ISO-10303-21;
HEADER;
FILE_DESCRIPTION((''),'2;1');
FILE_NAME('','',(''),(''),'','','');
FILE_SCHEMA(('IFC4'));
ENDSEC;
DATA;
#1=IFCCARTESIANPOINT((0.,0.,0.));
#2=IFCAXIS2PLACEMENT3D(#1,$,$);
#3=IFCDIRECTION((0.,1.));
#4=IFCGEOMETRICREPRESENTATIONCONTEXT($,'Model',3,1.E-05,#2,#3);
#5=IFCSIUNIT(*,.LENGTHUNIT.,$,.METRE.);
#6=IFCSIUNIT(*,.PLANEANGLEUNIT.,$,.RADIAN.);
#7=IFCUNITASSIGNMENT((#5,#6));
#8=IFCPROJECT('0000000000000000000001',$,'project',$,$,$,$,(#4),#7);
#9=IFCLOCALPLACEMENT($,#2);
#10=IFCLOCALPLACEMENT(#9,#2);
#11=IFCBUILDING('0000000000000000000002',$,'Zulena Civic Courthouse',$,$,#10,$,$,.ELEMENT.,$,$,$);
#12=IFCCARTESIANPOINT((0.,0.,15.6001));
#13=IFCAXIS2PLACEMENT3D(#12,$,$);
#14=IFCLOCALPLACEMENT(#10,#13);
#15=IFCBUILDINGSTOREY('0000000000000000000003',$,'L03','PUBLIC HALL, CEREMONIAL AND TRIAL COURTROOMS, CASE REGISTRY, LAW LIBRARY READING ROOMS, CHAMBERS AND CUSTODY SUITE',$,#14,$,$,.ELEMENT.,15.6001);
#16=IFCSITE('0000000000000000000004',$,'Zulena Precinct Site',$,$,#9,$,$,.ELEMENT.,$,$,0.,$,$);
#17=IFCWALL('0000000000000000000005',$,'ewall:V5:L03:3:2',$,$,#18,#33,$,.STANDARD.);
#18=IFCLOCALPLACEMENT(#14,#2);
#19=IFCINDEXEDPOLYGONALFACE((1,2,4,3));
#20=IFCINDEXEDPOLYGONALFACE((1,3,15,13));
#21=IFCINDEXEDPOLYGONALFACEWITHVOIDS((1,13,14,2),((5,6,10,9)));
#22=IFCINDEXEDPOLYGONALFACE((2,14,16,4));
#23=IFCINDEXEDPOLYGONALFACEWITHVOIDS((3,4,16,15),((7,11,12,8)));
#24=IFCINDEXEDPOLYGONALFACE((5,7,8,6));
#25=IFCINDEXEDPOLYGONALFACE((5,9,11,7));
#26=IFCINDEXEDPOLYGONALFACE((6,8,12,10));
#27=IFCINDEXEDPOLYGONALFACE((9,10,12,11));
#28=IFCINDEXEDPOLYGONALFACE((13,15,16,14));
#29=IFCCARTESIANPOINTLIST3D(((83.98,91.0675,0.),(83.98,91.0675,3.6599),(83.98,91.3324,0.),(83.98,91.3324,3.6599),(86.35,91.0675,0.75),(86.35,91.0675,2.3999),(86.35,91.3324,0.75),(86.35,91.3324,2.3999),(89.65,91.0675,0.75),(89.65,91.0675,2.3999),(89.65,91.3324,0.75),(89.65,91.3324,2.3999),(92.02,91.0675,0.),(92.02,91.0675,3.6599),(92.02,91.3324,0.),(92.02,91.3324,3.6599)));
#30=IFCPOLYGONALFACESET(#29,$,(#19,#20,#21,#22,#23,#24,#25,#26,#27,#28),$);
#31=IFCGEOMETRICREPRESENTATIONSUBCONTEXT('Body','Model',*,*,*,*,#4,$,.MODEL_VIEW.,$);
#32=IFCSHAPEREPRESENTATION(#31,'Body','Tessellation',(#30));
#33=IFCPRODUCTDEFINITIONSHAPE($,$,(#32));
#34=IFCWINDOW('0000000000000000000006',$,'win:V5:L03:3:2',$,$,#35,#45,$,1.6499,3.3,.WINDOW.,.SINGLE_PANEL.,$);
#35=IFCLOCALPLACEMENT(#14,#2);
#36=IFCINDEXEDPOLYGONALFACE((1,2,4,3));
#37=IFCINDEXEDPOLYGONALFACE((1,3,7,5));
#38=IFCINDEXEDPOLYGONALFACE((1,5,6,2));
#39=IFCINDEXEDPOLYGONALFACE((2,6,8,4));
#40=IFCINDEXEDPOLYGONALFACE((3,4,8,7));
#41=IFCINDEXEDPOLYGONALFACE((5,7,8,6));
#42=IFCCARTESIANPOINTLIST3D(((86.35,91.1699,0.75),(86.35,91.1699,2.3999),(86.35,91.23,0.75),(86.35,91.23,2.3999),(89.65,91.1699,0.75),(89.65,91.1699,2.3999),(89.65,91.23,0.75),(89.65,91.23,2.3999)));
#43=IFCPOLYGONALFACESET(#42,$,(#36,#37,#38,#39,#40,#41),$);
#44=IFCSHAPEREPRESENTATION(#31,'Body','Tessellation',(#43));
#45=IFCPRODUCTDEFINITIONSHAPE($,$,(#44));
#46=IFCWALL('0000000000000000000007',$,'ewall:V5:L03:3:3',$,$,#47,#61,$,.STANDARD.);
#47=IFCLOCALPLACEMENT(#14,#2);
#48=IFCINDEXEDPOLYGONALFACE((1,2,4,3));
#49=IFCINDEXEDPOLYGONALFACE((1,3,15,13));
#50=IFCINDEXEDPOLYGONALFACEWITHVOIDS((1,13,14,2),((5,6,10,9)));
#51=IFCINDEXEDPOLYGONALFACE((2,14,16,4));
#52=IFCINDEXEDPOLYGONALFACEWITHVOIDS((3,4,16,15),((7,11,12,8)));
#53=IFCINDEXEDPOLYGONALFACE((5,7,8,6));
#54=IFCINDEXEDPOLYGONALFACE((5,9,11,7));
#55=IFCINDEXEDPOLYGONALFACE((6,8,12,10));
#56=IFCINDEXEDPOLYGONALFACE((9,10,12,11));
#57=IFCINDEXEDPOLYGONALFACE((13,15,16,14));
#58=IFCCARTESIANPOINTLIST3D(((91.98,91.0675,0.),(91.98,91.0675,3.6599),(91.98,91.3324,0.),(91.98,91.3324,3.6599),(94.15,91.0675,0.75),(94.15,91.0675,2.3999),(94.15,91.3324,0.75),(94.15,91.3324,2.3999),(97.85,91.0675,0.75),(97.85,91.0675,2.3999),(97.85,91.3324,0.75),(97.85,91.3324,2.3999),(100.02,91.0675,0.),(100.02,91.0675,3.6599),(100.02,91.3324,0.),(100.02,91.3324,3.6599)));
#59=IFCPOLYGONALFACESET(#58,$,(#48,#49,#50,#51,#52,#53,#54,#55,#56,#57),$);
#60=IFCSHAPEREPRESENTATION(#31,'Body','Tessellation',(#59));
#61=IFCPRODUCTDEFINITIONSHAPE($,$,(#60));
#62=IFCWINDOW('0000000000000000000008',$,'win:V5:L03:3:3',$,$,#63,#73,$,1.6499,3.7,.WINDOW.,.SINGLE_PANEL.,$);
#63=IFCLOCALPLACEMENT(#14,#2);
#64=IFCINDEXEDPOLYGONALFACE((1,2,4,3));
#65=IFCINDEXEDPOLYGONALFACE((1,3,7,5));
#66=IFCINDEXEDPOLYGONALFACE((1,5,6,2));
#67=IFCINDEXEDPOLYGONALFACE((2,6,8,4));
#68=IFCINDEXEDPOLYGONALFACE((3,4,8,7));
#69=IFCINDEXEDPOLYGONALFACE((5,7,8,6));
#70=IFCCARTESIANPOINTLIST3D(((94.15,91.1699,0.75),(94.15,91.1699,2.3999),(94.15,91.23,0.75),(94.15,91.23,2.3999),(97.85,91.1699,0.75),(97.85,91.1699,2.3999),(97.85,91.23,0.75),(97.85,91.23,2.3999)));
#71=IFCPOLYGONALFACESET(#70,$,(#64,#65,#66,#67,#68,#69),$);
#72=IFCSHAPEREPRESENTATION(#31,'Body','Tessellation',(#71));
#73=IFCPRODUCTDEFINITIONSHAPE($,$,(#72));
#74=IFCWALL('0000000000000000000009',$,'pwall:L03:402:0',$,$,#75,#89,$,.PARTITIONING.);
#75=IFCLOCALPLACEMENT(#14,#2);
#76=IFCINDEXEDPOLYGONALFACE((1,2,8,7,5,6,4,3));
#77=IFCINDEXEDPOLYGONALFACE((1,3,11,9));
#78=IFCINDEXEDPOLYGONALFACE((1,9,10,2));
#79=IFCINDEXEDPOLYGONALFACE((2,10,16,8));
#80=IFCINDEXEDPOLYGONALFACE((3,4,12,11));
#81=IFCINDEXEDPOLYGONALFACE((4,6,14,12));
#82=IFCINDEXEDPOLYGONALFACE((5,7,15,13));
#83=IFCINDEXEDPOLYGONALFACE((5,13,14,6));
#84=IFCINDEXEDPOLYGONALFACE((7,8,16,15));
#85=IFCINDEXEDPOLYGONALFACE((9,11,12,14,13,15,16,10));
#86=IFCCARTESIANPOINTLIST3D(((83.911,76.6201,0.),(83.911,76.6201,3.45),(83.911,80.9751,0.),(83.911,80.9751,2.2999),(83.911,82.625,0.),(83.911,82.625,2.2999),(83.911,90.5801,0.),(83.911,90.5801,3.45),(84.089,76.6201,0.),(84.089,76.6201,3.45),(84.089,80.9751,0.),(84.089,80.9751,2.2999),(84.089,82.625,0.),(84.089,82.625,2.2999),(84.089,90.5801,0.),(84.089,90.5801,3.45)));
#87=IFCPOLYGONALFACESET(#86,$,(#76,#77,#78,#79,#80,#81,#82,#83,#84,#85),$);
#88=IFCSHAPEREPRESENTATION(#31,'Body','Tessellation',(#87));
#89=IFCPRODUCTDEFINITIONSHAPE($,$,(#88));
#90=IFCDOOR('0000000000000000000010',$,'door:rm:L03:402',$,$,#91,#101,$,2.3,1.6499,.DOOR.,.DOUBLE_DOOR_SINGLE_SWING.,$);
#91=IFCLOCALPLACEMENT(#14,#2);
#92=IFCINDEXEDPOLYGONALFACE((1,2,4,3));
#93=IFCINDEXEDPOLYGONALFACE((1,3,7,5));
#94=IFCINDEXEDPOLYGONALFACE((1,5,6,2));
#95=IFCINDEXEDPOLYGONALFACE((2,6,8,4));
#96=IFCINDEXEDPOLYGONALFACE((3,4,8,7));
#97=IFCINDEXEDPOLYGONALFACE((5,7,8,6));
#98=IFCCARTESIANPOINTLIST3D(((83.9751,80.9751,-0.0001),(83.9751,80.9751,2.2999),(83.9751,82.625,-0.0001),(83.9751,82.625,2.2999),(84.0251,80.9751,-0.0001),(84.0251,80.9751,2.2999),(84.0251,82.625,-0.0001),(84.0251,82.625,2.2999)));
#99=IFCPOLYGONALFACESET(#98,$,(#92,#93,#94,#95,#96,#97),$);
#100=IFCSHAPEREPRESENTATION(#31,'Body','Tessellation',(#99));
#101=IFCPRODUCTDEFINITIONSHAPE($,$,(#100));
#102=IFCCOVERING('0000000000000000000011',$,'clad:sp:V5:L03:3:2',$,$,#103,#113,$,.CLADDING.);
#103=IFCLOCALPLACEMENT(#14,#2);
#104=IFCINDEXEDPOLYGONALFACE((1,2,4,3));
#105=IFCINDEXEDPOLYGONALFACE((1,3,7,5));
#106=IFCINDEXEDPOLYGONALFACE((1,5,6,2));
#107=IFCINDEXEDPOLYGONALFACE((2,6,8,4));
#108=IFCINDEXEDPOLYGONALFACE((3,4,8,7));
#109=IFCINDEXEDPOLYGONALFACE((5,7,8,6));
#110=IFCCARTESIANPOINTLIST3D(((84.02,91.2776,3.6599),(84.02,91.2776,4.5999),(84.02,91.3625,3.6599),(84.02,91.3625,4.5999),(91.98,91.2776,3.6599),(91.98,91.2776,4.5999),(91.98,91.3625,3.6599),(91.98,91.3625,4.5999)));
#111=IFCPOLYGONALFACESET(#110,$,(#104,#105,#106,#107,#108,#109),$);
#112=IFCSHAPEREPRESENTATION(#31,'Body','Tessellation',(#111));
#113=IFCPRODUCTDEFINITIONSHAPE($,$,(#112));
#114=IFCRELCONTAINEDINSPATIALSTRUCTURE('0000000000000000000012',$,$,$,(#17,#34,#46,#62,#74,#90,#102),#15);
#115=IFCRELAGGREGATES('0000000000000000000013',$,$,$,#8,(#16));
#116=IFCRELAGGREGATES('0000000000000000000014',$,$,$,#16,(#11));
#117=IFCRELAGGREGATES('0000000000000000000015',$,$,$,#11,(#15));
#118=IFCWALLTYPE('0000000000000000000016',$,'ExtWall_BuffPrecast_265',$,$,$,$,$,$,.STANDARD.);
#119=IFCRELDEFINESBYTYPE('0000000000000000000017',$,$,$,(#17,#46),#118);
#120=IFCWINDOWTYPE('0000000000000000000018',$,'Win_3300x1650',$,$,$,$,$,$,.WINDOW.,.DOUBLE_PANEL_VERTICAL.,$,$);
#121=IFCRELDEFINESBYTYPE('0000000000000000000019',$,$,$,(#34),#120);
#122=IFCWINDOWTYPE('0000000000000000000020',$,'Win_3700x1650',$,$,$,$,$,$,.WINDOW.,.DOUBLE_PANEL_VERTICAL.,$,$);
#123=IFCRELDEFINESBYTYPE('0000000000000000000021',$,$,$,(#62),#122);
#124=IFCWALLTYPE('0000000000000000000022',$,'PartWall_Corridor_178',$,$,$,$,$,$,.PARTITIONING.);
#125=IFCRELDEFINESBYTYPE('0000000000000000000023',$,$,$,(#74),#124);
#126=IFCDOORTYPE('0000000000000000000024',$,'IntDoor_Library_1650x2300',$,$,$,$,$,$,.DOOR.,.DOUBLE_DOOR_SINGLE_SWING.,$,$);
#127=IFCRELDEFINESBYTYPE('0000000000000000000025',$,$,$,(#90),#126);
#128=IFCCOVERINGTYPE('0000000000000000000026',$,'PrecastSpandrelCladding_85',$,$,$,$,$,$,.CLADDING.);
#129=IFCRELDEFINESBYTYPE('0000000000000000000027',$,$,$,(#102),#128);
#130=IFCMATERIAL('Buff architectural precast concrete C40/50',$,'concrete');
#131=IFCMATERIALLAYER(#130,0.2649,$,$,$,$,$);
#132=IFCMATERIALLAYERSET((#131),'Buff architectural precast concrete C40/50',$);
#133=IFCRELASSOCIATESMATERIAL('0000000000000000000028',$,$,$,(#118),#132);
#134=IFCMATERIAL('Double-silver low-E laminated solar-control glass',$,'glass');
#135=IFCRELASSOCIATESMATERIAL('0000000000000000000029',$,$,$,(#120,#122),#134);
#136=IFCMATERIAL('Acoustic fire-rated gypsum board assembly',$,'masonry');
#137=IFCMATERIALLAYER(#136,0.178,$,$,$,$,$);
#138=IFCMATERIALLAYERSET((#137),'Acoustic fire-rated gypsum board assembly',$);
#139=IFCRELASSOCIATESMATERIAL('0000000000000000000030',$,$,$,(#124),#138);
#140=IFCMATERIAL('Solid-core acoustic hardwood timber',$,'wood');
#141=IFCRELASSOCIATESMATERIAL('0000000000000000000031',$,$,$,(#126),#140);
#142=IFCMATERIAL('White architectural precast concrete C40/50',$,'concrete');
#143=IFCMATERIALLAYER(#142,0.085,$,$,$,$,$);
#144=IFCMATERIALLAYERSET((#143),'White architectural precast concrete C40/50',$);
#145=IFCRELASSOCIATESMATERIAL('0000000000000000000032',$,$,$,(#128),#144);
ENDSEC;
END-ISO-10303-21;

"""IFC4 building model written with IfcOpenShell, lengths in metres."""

from ifc_helpers import new_model, si_unit, direction, frame, frame_2d, origin, origin_2d, place, context, subcontext, project, spatial, rectangle, extrude, material, layer, layer_set, type_object, element, fill, save


model = new_model("IFC4")

# Units and contexts
model_context = context("Model", 3, precision=1e-05, world=origin(), true_north=direction((0.0, 1.0)))
body_context = subcontext(model_context, "Body", "Model", "MODEL_VIEW")
ifc_project = project(units=[si_unit("LENGTHUNIT", "METRE"), si_unit("PLANEANGLEUNIT", "RADIAN")], contexts=[model_context])

# Site, building, storey
site_placement = place(None, origin())
site = spatial("IfcSite", under=ifc_project, at=site_placement, Name="Zulena Precinct Site", CompositionType="ELEMENT", RefElevation=0.0)
building_placement = place(site_placement, origin())
building = spatial("IfcBuilding", under=site, at=building_placement, Name="Zulena Civic Courthouse", CompositionType="ELEMENT")
storey_placement = place(building_placement, frame((0.0, 0.0, 15.6001)))
storey = spatial("IfcBuildingStorey", under=building, at=storey_placement, Name="L03", Description="PUBLIC HALL, CEREMONIAL AND TRIAL COURTROOMS, CASE REGISTRY, LAW LIBRARY READING ROOMS, CHAMBERS AND CUSTODY SUITE", CompositionType="ELEMENT", Elevation=15.6001)

# Walls, openings, windows
ifc_material_1 = material(Name="Buff architectural precast concrete C40/50", Category="concrete")
ifc_layer_1 = layer(ifc_material_1, 0.2649)
ifc_layer_set_1 = layer_set([ifc_layer_1], Name="Buff architectural precast concrete C40/50")
wall_type_1 = type_object("IfcWallType", Name="ExtWall_BuffPrecast_265", PredefinedType="STANDARD", material=ifc_layer_set_1)
wall_1_placement = place(storey_placement, frame((83.98, 91.2, 0.0), z_axis=(0.0, 0.0, 1.0), x_axis=(1.0, 0.0, 0.0)))
wall_1 = element("IfcWall", 1, at=wall_1_placement, inside=storey, type_object=wall_type_1, Name="ewall:V5:L03:3:2", PredefinedType="STANDARD", context=body_context, shape_type="SweptSolid", body=[
    extrude(rectangle(XDim=8.04, YDim=0.2649, at=frame_2d((4.02, 0.0))), origin(), (0.0, 0.0, 1.0), 3.6599),
])
opening_1_placement = place(wall_1_placement, frame((2.3701, 0.0, 0.75)))
opening_1 = element("IfcOpeningElement", 2, at=opening_1_placement, cuts=wall_1, PredefinedType="OPENING", context=body_context, shape_type="SweptSolid", body=[
    extrude(rectangle(XDim=3.3, YDim=1.6499, at=frame_2d((1.6499, 0.825))), frame((0.0, 0.1423, 0.0), z_axis=(0.0, -1.0, 0.0), x_axis=(1.0, 0.0, 0.0)), (0.0, 0.0, 1.0), 0.2849),
])
ifc_material_2 = material(Name="Double-silver low-E laminated solar-control glass", Category="glass")
window_type_1 = type_object("IfcWindowType", Name="Win_3300x1650", PartitioningType="DOUBLE_PANEL_VERTICAL", PredefinedType="WINDOW", material=ifc_material_2)
window_1_placement = place(opening_1_placement, origin())
window_1 = element("IfcWindow", 3, at=window_1_placement, inside=storey, type_object=window_type_1, Name="win:V5:L03:3:2", OverallHeight=1.6499, OverallWidth=3.3, PartitioningType="SINGLE_PANEL", PredefinedType="WINDOW", context=body_context, shape_type="SweptSolid", body=[
    extrude(rectangle(XDim=3.3, YDim=1.6499, at=frame_2d((1.6499, 0.825))), frame((0.0, 0.03, 0.0), z_axis=(0.0, -1.0, 0.0), x_axis=(1.0, 0.0, 0.0)), (0.0, 0.0, 1.0), 0.0601),
])
fill(opening_1, window_1)
wall_2_placement = place(storey_placement, frame((91.98, 91.2, 0.0), z_axis=(0.0, 0.0, 1.0), x_axis=(1.0, 0.0, 0.0)))
wall_2 = element("IfcWall", 4, at=wall_2_placement, inside=storey, type_object=wall_type_1, Name="ewall:V5:L03:3:3", PredefinedType="STANDARD", context=body_context, shape_type="SweptSolid", body=[
    extrude(rectangle(XDim=8.04, YDim=0.2649, at=frame_2d((4.02, 0.0))), origin(), (0.0, 0.0, 1.0), 3.6599),
])
opening_2_placement = place(wall_2_placement, frame((2.1699, 0.0, 0.75)))
opening_2 = element("IfcOpeningElement", 5, at=opening_2_placement, cuts=wall_2, PredefinedType="OPENING", context=body_context, shape_type="SweptSolid", body=[
    extrude(rectangle(XDim=3.7, YDim=1.6499, at=frame_2d((1.8501, 0.825))), frame((0.0, 0.1423, 0.0), z_axis=(0.0, -1.0, 0.0), x_axis=(1.0, 0.0, 0.0)), (0.0, 0.0, 1.0), 0.2849),
])
window_type_2 = type_object("IfcWindowType", Name="Win_3700x1650", PartitioningType="DOUBLE_PANEL_VERTICAL", PredefinedType="WINDOW", material=ifc_material_2)
window_2_placement = place(opening_2_placement, origin())
window_2 = element("IfcWindow", 6, at=window_2_placement, inside=storey, type_object=window_type_2, Name="win:V5:L03:3:3", OverallHeight=1.6499, OverallWidth=3.7, PartitioningType="SINGLE_PANEL", PredefinedType="WINDOW", context=body_context, shape_type="SweptSolid", body=[
    extrude(rectangle(XDim=3.7, YDim=1.6499, at=frame_2d((1.8501, 0.825))), frame((0.0, 0.03, 0.0), z_axis=(0.0, -1.0, 0.0), x_axis=(1.0, 0.0, 0.0)), (0.0, 0.0, 1.0), 0.0601),
])
fill(opening_2, window_2)

# Wall, opening, door
ifc_material_3 = material(Name="Acoustic fire-rated gypsum board assembly", Category="masonry")
ifc_layer_2 = layer(ifc_material_3, 0.178)
ifc_layer_set_2 = layer_set([ifc_layer_2], Name="Acoustic fire-rated gypsum board assembly")
wall_type_2 = type_object("IfcWallType", Name="PartWall_Corridor_178", PredefinedType="PARTITIONING", material=ifc_layer_set_2)
wall_3_placement = place(storey_placement, frame((84.0, 76.6201, 0.0), z_axis=(0.0, 0.0, 1.0), x_axis=(0.0, 1.0, 0.0)))
wall_3 = element("IfcWall", 7, at=wall_3_placement, inside=storey, type_object=wall_type_2, Name="pwall:L03:402:0", PredefinedType="PARTITIONING", context=body_context, shape_type="SweptSolid", body=[
    extrude(rectangle(XDim=13.96, YDim=0.178, at=frame_2d((6.98, 0.0))), origin(), (0.0, 0.0, 1.0), 3.45),
])
opening_3_placement = place(wall_3_placement, frame((4.355, 0.0, 0.0)))
opening_3 = element("IfcOpeningElement", 8, at=opening_3_placement, cuts=wall_3, PredefinedType="OPENING", context=body_context, shape_type="SweptSolid", body=[
    extrude(rectangle(XDim=1.6499, YDim=2.3, at=frame_2d((0.825, 1.1499))), frame((0.0, 0.0989, 0.0), z_axis=(0.0, -1.0, 0.0), x_axis=(1.0, 0.0, 0.0)), (0.0, 0.0, 1.0), 0.198),
])
ifc_material_4 = material(Name="Solid-core acoustic hardwood timber", Category="wood")
door_type = type_object("IfcDoorType", Name="IntDoor_Library_1650x2300", OperationType="DOUBLE_DOOR_SINGLE_SWING", PredefinedType="DOOR", material=ifc_material_4)
door_placement = place(opening_3_placement, origin())
door = element("IfcDoor", 9, at=door_placement, inside=storey, type_object=door_type, Name="door:rm:L03:402", OperationType="DOUBLE_DOOR_SINGLE_SWING", OverallHeight=2.3, OverallWidth=1.6499, PredefinedType="DOOR", context=body_context, shape_type="SweptSolid", body=[
    extrude(rectangle(XDim=1.6499, YDim=2.3, at=frame_2d((0.825, 1.1499))), frame((0.0, 0.0249, 0.0), z_axis=(0.0, -1.0, 0.0), x_axis=(1.0, 0.0, 0.0)), (0.0, 0.0, 1.0), 0.05),
])
fill(opening_3, door)

# Covering
ifc_material_5 = material(Name="White architectural precast concrete C40/50", Category="concrete")
ifc_layer_3 = layer(ifc_material_5, 0.085)
ifc_layer_set_3 = layer_set([ifc_layer_3], Name="White architectural precast concrete C40/50")
covering_type = type_object("IfcCoveringType", Name="PrecastSpandrelCladding_85", PredefinedType="CLADDING", material=ifc_layer_set_3)
covering_placement = place(storey_placement, frame((88.0, 91.3201, 3.6599), z_axis=(0.0, 0.0, 1.0), x_axis=(1.0, 0.0, 0.0)))
element("IfcCovering", 10, at=covering_placement, inside=storey, type_object=covering_type, Name="clad:sp:V5:L03:3:2", PredefinedType="CLADDING", context=body_context, shape_type="SweptSolid", body=[
    extrude(rectangle(XDim=7.96, YDim=0.085, at=origin_2d()), origin(), (0.0, 0.0, 1.0), 0.9399),
])

save(model, "model.ifc")
